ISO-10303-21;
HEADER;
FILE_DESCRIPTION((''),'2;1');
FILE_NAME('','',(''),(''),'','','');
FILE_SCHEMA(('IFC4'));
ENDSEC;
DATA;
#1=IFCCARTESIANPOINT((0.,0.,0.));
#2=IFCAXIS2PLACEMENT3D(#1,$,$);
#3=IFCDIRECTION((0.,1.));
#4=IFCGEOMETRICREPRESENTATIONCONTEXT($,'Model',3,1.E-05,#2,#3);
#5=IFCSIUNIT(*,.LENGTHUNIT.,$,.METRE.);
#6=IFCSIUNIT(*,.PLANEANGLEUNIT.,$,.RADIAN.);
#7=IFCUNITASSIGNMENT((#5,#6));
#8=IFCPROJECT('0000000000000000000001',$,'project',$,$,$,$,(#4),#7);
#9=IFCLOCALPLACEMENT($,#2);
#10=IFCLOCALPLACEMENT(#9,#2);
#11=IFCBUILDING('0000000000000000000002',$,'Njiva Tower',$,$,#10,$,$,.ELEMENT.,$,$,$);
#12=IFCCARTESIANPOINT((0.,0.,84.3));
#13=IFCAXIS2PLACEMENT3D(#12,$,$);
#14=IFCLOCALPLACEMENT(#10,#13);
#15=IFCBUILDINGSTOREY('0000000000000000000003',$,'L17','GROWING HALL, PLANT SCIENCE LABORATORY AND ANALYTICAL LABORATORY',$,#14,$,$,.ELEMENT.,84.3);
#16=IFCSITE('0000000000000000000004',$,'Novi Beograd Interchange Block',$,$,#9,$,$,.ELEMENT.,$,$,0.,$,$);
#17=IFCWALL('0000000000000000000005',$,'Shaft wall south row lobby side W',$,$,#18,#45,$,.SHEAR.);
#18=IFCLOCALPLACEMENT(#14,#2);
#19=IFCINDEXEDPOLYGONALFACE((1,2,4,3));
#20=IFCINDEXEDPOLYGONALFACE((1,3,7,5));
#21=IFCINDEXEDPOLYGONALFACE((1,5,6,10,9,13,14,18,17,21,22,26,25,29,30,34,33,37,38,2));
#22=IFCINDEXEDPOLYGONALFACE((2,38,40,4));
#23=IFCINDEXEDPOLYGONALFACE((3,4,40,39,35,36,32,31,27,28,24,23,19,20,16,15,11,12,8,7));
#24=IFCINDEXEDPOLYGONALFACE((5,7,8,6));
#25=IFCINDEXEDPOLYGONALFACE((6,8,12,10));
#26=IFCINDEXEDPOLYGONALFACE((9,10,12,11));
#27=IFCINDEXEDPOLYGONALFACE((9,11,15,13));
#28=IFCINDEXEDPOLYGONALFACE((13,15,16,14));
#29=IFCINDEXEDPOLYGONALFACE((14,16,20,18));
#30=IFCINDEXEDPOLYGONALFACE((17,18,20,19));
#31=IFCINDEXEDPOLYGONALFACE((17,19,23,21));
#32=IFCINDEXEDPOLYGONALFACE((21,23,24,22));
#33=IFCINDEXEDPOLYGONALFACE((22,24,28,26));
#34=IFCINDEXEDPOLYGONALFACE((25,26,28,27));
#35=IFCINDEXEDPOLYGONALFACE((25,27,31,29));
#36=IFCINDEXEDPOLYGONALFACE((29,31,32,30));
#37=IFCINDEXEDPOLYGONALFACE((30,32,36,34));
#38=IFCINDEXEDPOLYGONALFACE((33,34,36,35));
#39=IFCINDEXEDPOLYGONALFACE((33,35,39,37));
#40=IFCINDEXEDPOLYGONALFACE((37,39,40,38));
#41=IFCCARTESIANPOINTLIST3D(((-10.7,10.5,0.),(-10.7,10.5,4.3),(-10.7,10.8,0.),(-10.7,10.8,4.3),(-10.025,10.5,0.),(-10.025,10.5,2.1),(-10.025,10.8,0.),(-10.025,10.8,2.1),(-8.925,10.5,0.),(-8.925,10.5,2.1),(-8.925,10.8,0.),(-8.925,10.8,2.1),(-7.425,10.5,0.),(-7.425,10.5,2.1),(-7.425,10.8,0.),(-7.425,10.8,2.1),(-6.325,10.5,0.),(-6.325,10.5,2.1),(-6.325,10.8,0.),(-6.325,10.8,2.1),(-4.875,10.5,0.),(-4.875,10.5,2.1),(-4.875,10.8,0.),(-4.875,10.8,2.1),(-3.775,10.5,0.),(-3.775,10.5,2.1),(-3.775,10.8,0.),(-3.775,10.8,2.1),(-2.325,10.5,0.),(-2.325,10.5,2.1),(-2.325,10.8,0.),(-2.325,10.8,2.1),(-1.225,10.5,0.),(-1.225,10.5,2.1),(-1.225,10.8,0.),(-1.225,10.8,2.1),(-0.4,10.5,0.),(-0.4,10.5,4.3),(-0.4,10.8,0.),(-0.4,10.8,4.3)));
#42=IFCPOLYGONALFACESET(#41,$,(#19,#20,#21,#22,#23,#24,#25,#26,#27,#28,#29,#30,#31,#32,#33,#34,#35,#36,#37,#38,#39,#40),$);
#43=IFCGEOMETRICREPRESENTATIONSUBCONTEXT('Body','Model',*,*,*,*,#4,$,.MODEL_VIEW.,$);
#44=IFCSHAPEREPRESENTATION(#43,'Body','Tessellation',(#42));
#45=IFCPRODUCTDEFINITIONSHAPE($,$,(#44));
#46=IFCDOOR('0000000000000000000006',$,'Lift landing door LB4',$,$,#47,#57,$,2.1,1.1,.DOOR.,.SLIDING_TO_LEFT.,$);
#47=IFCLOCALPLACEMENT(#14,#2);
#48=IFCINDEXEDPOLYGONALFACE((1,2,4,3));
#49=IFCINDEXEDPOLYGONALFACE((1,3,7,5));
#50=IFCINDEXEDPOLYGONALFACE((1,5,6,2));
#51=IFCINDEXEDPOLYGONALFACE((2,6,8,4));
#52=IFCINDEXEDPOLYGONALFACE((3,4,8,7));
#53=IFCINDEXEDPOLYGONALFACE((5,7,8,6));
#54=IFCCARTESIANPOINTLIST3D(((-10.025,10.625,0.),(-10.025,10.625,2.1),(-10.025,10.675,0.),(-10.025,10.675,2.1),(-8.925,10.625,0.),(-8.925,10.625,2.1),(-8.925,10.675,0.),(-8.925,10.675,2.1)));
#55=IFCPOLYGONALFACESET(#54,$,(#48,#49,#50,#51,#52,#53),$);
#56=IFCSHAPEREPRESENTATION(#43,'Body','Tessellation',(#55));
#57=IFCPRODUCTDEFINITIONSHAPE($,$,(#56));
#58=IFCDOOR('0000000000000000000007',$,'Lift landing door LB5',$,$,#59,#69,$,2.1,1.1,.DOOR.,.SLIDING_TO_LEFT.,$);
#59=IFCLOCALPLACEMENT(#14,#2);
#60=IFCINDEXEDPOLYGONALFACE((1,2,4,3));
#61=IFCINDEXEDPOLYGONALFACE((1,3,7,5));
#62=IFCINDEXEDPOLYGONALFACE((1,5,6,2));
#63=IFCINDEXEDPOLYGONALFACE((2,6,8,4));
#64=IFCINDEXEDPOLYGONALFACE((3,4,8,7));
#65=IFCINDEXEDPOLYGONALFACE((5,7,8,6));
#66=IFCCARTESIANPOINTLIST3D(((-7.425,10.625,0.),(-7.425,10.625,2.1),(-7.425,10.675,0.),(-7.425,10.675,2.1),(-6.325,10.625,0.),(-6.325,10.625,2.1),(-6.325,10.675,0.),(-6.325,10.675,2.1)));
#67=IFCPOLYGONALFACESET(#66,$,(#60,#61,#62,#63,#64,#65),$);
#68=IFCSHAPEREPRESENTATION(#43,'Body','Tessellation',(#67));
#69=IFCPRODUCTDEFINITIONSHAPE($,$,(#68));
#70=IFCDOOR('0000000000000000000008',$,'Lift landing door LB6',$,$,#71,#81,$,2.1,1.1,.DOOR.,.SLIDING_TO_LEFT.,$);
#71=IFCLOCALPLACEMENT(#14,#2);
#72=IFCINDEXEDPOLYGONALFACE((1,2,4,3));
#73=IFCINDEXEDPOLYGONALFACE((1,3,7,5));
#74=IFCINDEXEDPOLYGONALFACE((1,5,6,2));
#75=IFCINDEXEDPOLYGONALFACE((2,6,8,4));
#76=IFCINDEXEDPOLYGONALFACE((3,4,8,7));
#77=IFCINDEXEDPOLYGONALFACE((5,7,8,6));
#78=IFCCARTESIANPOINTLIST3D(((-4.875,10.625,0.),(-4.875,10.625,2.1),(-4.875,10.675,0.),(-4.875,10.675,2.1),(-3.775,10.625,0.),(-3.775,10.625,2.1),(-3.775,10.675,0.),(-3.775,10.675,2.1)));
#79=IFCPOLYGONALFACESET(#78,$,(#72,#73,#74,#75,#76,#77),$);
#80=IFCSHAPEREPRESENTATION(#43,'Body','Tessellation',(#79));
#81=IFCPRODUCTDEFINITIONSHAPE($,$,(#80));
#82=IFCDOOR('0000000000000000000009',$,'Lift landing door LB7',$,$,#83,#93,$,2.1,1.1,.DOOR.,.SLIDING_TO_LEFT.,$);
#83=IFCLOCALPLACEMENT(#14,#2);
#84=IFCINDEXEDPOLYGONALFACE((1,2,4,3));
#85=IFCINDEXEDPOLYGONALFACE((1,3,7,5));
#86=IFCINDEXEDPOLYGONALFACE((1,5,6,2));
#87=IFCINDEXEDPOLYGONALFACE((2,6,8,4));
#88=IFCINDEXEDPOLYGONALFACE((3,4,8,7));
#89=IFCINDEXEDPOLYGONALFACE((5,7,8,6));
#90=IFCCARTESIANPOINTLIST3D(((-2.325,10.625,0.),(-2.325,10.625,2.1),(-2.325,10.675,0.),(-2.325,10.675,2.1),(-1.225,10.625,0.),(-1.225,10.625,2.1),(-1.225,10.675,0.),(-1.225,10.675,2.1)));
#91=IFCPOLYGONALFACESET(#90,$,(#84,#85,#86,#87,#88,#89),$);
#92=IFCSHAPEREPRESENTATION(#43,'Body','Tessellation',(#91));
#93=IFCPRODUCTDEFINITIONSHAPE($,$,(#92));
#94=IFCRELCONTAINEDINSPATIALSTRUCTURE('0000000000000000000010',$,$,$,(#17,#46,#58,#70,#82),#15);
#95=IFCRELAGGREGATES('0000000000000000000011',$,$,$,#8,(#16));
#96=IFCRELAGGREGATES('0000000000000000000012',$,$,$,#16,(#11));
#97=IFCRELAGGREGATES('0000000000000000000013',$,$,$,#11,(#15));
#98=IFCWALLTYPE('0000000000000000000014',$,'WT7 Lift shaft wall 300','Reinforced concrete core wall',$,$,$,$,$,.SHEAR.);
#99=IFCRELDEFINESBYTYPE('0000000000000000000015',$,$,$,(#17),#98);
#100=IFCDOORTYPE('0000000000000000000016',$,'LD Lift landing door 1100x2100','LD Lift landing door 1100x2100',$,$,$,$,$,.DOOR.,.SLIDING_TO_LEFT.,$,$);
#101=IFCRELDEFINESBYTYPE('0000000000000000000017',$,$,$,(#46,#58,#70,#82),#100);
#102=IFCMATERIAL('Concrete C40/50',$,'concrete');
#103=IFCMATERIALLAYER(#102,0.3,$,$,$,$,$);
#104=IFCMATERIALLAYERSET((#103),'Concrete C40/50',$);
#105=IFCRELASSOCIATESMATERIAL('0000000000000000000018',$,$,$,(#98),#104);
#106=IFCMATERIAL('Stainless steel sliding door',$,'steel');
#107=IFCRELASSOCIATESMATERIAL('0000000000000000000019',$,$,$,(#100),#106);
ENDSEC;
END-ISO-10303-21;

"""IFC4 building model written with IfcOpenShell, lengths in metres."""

from ifc_helpers import new_model, si_unit, direction, frame, frame_2d, origin, place, context, subcontext, project, spatial, rectangle, extrude, material, layer, layer_set, type_object, element, fill, save


model = new_model("IFC4")

# Units and contexts
model_context = context("Model", 3, precision=1e-05, world=origin(), true_north=direction((0.0, 1.0)))
body_context = subcontext(model_context, "Body", "Model", "MODEL_VIEW")
ifc_project = project(units=[si_unit("LENGTHUNIT", "METRE"), si_unit("PLANEANGLEUNIT", "RADIAN")], contexts=[model_context])

# Site, building, storey
site_placement = place(None, origin())
site = spatial("IfcSite", under=ifc_project, at=site_placement, Name="Novi Beograd Interchange Block", CompositionType="ELEMENT", RefElevation=0.0)
building_placement = place(site_placement, origin())
building = spatial("IfcBuilding", under=site, at=building_placement, Name="Njiva Tower", CompositionType="ELEMENT")
storey_placement = place(building_placement, frame((0.0, 0.0, 84.3)))
storey = spatial("IfcBuildingStorey", under=building, at=storey_placement, Name="L17", Description="GROWING HALL, PLANT SCIENCE LABORATORY AND ANALYTICAL LABORATORY", CompositionType="ELEMENT", Elevation=84.3)

# Shared definitions
ifc_material_1 = material(Name="Concrete C40/50", Category="concrete")

# Wall, openings, doors
ifc_layer_1 = layer(ifc_material_1, 0.3)
ifc_layer_set_1 = layer_set([ifc_layer_1], Name="Concrete C40/50")
wall_type_1 = type_object("IfcWallType", Name="WT7 Lift shaft wall 300", Description="Reinforced concrete core wall", PredefinedType="SHEAR", material=ifc_layer_set_1)
ifc_material_2 = material(Name="Stainless steel sliding door", Category="steel")
door_type_1 = type_object("IfcDoorType", Name="LD Lift landing door 1100x2100", Description="LD Lift landing door 1100x2100", OperationType="SLIDING_TO_LEFT", PredefinedType="DOOR", material=ifc_material_2)
wall_1_placement = place(storey_placement, frame((-10.7, 10.65, 0.0), z_axis=(0.0, 0.0, 1.0), x_axis=(1.0, 0.0, 0.0)))
wall_1 = element("IfcWall", 1, at=wall_1_placement, inside=storey, type_object=wall_type_1, Name="Shaft wall south row lobby side W", PredefinedType="SHEAR", context=body_context, shape_type="SweptSolid", body=[
    extrude(rectangle(XDim=10.3, YDim=0.3, at=frame_2d((5.15, 0.0))), origin(), (0.0, 0.0, 1.0), 4.3),
])
opening_1_placement = place(wall_1_placement, frame((0.675, 0.0, 0.0)))
opening_1 = element("IfcOpeningElement", 2, at=opening_1_placement, cuts=wall_1, PredefinedType="OPENING", context=body_context, shape_type="SweptSolid", body=[
    extrude(rectangle(XDim=1.1, YDim=2.1, at=frame_2d((0.55, 1.05))), frame((0.0, 0.16, 0.0), z_axis=(0.0, -1.0, 0.0), x_axis=(1.0, 0.0, 0.0)), (0.0, 0.0, 1.0), 0.32),
])
opening_2_placement = place(wall_1_placement, frame((3.275, 0.0, 0.0)))
opening_2 = element("IfcOpeningElement", 3, at=opening_2_placement, cuts=wall_1, PredefinedType="OPENING", context=body_context, shape_type="SweptSolid", body=[
    extrude(rectangle(XDim=1.1, YDim=2.1, at=frame_2d((0.55, 1.05))), frame((0.0, 0.16, 0.0), z_axis=(0.0, -1.0, 0.0), x_axis=(1.0, 0.0, 0.0)), (0.0, 0.0, 1.0), 0.32),
])
opening_3_placement = place(wall_1_placement, frame((5.825, 0.0, 0.0)))
opening_3 = element("IfcOpeningElement", 4, at=opening_3_placement, cuts=wall_1, PredefinedType="OPENING", context=body_context, shape_type="SweptSolid", body=[
    extrude(rectangle(XDim=1.1, YDim=2.1, at=frame_2d((0.55, 1.05))), frame((0.0, 0.16, 0.0), z_axis=(0.0, -1.0, 0.0), x_axis=(1.0, 0.0, 0.0)), (0.0, 0.0, 1.0), 0.32),
])
opening_4_placement = place(wall_1_placement, frame((8.375, 0.0, 0.0)))
opening_4 = element("IfcOpeningElement", 5, at=opening_4_placement, cuts=wall_1, PredefinedType="OPENING", context=body_context, shape_type="SweptSolid", body=[
    extrude(rectangle(XDim=1.1, YDim=2.1, at=frame_2d((0.55, 1.05))), frame((0.0, 0.16, 0.0), z_axis=(0.0, -1.0, 0.0), x_axis=(1.0, 0.0, 0.0)), (0.0, 0.0, 1.0), 0.32),
])
door_1_placement = place(opening_1_placement, origin())
door_1 = element("IfcDoor", 6, at=door_1_placement, inside=storey, type_object=door_type_1, Name="Lift landing door LB4", OperationType="SLIDING_TO_LEFT", OverallHeight=2.1, OverallWidth=1.1, PredefinedType="DOOR", context=body_context, shape_type="SweptSolid", body=[
    extrude(rectangle(XDim=1.1, YDim=2.1, at=frame_2d((0.55, 1.05))), frame((0.0, 0.025, 0.0), z_axis=(0.0, -1.0, 0.0), x_axis=(1.0, 0.0, 0.0)), (0.0, 0.0, 1.0), 0.05),
])
fill(opening_1, door_1)
door_2_placement = place(opening_2_placement, origin())
door_2 = element("IfcDoor", 7, at=door_2_placement, inside=storey, type_object=door_type_1, Name="Lift landing door LB5", OperationType="SLIDING_TO_LEFT", OverallHeight=2.1, OverallWidth=1.1, PredefinedType="DOOR", context=body_context, shape_type="SweptSolid", body=[
    extrude(rectangle(XDim=1.1, YDim=2.1, at=frame_2d((0.55, 1.05))), frame((0.0, 0.025, 0.0), z_axis=(0.0, -1.0, 0.0), x_axis=(1.0, 0.0, 0.0)), (0.0, 0.0, 1.0), 0.05),
])
fill(opening_2, door_2)
door_3_placement = place(opening_3_placement, origin())
door_3 = element("IfcDoor", 8, at=door_3_placement, inside=storey, type_object=door_type_1, Name="Lift landing door LB6", OperationType="SLIDING_TO_LEFT", OverallHeight=2.1, OverallWidth=1.1, PredefinedType="DOOR", context=body_context, shape_type="SweptSolid", body=[
    extrude(rectangle(XDim=1.1, YDim=2.1, at=frame_2d((0.55, 1.05))), frame((0.0, 0.025, 0.0), z_axis=(0.0, -1.0, 0.0), x_axis=(1.0, 0.0, 0.0)), (0.0, 0.0, 1.0), 0.05),
])
fill(opening_3, door_3)
door_4_placement = place(opening_4_placement, origin())
door_4 = element("IfcDoor", 9, at=door_4_placement, inside=storey, type_object=door_type_1, Name="Lift landing door LB7", OperationType="SLIDING_TO_LEFT", OverallHeight=2.1, OverallWidth=1.1, PredefinedType="DOOR", context=body_context, shape_type="SweptSolid", body=[
    extrude(rectangle(XDim=1.1, YDim=2.1, at=frame_2d((0.55, 1.05))), frame((0.0, 0.025, 0.0), z_axis=(0.0, -1.0, 0.0), x_axis=(1.0, 0.0, 0.0)), (0.0, 0.0, 1.0), 0.05),
])
fill(opening_4, door_4)

save(model, "model.ifc")
